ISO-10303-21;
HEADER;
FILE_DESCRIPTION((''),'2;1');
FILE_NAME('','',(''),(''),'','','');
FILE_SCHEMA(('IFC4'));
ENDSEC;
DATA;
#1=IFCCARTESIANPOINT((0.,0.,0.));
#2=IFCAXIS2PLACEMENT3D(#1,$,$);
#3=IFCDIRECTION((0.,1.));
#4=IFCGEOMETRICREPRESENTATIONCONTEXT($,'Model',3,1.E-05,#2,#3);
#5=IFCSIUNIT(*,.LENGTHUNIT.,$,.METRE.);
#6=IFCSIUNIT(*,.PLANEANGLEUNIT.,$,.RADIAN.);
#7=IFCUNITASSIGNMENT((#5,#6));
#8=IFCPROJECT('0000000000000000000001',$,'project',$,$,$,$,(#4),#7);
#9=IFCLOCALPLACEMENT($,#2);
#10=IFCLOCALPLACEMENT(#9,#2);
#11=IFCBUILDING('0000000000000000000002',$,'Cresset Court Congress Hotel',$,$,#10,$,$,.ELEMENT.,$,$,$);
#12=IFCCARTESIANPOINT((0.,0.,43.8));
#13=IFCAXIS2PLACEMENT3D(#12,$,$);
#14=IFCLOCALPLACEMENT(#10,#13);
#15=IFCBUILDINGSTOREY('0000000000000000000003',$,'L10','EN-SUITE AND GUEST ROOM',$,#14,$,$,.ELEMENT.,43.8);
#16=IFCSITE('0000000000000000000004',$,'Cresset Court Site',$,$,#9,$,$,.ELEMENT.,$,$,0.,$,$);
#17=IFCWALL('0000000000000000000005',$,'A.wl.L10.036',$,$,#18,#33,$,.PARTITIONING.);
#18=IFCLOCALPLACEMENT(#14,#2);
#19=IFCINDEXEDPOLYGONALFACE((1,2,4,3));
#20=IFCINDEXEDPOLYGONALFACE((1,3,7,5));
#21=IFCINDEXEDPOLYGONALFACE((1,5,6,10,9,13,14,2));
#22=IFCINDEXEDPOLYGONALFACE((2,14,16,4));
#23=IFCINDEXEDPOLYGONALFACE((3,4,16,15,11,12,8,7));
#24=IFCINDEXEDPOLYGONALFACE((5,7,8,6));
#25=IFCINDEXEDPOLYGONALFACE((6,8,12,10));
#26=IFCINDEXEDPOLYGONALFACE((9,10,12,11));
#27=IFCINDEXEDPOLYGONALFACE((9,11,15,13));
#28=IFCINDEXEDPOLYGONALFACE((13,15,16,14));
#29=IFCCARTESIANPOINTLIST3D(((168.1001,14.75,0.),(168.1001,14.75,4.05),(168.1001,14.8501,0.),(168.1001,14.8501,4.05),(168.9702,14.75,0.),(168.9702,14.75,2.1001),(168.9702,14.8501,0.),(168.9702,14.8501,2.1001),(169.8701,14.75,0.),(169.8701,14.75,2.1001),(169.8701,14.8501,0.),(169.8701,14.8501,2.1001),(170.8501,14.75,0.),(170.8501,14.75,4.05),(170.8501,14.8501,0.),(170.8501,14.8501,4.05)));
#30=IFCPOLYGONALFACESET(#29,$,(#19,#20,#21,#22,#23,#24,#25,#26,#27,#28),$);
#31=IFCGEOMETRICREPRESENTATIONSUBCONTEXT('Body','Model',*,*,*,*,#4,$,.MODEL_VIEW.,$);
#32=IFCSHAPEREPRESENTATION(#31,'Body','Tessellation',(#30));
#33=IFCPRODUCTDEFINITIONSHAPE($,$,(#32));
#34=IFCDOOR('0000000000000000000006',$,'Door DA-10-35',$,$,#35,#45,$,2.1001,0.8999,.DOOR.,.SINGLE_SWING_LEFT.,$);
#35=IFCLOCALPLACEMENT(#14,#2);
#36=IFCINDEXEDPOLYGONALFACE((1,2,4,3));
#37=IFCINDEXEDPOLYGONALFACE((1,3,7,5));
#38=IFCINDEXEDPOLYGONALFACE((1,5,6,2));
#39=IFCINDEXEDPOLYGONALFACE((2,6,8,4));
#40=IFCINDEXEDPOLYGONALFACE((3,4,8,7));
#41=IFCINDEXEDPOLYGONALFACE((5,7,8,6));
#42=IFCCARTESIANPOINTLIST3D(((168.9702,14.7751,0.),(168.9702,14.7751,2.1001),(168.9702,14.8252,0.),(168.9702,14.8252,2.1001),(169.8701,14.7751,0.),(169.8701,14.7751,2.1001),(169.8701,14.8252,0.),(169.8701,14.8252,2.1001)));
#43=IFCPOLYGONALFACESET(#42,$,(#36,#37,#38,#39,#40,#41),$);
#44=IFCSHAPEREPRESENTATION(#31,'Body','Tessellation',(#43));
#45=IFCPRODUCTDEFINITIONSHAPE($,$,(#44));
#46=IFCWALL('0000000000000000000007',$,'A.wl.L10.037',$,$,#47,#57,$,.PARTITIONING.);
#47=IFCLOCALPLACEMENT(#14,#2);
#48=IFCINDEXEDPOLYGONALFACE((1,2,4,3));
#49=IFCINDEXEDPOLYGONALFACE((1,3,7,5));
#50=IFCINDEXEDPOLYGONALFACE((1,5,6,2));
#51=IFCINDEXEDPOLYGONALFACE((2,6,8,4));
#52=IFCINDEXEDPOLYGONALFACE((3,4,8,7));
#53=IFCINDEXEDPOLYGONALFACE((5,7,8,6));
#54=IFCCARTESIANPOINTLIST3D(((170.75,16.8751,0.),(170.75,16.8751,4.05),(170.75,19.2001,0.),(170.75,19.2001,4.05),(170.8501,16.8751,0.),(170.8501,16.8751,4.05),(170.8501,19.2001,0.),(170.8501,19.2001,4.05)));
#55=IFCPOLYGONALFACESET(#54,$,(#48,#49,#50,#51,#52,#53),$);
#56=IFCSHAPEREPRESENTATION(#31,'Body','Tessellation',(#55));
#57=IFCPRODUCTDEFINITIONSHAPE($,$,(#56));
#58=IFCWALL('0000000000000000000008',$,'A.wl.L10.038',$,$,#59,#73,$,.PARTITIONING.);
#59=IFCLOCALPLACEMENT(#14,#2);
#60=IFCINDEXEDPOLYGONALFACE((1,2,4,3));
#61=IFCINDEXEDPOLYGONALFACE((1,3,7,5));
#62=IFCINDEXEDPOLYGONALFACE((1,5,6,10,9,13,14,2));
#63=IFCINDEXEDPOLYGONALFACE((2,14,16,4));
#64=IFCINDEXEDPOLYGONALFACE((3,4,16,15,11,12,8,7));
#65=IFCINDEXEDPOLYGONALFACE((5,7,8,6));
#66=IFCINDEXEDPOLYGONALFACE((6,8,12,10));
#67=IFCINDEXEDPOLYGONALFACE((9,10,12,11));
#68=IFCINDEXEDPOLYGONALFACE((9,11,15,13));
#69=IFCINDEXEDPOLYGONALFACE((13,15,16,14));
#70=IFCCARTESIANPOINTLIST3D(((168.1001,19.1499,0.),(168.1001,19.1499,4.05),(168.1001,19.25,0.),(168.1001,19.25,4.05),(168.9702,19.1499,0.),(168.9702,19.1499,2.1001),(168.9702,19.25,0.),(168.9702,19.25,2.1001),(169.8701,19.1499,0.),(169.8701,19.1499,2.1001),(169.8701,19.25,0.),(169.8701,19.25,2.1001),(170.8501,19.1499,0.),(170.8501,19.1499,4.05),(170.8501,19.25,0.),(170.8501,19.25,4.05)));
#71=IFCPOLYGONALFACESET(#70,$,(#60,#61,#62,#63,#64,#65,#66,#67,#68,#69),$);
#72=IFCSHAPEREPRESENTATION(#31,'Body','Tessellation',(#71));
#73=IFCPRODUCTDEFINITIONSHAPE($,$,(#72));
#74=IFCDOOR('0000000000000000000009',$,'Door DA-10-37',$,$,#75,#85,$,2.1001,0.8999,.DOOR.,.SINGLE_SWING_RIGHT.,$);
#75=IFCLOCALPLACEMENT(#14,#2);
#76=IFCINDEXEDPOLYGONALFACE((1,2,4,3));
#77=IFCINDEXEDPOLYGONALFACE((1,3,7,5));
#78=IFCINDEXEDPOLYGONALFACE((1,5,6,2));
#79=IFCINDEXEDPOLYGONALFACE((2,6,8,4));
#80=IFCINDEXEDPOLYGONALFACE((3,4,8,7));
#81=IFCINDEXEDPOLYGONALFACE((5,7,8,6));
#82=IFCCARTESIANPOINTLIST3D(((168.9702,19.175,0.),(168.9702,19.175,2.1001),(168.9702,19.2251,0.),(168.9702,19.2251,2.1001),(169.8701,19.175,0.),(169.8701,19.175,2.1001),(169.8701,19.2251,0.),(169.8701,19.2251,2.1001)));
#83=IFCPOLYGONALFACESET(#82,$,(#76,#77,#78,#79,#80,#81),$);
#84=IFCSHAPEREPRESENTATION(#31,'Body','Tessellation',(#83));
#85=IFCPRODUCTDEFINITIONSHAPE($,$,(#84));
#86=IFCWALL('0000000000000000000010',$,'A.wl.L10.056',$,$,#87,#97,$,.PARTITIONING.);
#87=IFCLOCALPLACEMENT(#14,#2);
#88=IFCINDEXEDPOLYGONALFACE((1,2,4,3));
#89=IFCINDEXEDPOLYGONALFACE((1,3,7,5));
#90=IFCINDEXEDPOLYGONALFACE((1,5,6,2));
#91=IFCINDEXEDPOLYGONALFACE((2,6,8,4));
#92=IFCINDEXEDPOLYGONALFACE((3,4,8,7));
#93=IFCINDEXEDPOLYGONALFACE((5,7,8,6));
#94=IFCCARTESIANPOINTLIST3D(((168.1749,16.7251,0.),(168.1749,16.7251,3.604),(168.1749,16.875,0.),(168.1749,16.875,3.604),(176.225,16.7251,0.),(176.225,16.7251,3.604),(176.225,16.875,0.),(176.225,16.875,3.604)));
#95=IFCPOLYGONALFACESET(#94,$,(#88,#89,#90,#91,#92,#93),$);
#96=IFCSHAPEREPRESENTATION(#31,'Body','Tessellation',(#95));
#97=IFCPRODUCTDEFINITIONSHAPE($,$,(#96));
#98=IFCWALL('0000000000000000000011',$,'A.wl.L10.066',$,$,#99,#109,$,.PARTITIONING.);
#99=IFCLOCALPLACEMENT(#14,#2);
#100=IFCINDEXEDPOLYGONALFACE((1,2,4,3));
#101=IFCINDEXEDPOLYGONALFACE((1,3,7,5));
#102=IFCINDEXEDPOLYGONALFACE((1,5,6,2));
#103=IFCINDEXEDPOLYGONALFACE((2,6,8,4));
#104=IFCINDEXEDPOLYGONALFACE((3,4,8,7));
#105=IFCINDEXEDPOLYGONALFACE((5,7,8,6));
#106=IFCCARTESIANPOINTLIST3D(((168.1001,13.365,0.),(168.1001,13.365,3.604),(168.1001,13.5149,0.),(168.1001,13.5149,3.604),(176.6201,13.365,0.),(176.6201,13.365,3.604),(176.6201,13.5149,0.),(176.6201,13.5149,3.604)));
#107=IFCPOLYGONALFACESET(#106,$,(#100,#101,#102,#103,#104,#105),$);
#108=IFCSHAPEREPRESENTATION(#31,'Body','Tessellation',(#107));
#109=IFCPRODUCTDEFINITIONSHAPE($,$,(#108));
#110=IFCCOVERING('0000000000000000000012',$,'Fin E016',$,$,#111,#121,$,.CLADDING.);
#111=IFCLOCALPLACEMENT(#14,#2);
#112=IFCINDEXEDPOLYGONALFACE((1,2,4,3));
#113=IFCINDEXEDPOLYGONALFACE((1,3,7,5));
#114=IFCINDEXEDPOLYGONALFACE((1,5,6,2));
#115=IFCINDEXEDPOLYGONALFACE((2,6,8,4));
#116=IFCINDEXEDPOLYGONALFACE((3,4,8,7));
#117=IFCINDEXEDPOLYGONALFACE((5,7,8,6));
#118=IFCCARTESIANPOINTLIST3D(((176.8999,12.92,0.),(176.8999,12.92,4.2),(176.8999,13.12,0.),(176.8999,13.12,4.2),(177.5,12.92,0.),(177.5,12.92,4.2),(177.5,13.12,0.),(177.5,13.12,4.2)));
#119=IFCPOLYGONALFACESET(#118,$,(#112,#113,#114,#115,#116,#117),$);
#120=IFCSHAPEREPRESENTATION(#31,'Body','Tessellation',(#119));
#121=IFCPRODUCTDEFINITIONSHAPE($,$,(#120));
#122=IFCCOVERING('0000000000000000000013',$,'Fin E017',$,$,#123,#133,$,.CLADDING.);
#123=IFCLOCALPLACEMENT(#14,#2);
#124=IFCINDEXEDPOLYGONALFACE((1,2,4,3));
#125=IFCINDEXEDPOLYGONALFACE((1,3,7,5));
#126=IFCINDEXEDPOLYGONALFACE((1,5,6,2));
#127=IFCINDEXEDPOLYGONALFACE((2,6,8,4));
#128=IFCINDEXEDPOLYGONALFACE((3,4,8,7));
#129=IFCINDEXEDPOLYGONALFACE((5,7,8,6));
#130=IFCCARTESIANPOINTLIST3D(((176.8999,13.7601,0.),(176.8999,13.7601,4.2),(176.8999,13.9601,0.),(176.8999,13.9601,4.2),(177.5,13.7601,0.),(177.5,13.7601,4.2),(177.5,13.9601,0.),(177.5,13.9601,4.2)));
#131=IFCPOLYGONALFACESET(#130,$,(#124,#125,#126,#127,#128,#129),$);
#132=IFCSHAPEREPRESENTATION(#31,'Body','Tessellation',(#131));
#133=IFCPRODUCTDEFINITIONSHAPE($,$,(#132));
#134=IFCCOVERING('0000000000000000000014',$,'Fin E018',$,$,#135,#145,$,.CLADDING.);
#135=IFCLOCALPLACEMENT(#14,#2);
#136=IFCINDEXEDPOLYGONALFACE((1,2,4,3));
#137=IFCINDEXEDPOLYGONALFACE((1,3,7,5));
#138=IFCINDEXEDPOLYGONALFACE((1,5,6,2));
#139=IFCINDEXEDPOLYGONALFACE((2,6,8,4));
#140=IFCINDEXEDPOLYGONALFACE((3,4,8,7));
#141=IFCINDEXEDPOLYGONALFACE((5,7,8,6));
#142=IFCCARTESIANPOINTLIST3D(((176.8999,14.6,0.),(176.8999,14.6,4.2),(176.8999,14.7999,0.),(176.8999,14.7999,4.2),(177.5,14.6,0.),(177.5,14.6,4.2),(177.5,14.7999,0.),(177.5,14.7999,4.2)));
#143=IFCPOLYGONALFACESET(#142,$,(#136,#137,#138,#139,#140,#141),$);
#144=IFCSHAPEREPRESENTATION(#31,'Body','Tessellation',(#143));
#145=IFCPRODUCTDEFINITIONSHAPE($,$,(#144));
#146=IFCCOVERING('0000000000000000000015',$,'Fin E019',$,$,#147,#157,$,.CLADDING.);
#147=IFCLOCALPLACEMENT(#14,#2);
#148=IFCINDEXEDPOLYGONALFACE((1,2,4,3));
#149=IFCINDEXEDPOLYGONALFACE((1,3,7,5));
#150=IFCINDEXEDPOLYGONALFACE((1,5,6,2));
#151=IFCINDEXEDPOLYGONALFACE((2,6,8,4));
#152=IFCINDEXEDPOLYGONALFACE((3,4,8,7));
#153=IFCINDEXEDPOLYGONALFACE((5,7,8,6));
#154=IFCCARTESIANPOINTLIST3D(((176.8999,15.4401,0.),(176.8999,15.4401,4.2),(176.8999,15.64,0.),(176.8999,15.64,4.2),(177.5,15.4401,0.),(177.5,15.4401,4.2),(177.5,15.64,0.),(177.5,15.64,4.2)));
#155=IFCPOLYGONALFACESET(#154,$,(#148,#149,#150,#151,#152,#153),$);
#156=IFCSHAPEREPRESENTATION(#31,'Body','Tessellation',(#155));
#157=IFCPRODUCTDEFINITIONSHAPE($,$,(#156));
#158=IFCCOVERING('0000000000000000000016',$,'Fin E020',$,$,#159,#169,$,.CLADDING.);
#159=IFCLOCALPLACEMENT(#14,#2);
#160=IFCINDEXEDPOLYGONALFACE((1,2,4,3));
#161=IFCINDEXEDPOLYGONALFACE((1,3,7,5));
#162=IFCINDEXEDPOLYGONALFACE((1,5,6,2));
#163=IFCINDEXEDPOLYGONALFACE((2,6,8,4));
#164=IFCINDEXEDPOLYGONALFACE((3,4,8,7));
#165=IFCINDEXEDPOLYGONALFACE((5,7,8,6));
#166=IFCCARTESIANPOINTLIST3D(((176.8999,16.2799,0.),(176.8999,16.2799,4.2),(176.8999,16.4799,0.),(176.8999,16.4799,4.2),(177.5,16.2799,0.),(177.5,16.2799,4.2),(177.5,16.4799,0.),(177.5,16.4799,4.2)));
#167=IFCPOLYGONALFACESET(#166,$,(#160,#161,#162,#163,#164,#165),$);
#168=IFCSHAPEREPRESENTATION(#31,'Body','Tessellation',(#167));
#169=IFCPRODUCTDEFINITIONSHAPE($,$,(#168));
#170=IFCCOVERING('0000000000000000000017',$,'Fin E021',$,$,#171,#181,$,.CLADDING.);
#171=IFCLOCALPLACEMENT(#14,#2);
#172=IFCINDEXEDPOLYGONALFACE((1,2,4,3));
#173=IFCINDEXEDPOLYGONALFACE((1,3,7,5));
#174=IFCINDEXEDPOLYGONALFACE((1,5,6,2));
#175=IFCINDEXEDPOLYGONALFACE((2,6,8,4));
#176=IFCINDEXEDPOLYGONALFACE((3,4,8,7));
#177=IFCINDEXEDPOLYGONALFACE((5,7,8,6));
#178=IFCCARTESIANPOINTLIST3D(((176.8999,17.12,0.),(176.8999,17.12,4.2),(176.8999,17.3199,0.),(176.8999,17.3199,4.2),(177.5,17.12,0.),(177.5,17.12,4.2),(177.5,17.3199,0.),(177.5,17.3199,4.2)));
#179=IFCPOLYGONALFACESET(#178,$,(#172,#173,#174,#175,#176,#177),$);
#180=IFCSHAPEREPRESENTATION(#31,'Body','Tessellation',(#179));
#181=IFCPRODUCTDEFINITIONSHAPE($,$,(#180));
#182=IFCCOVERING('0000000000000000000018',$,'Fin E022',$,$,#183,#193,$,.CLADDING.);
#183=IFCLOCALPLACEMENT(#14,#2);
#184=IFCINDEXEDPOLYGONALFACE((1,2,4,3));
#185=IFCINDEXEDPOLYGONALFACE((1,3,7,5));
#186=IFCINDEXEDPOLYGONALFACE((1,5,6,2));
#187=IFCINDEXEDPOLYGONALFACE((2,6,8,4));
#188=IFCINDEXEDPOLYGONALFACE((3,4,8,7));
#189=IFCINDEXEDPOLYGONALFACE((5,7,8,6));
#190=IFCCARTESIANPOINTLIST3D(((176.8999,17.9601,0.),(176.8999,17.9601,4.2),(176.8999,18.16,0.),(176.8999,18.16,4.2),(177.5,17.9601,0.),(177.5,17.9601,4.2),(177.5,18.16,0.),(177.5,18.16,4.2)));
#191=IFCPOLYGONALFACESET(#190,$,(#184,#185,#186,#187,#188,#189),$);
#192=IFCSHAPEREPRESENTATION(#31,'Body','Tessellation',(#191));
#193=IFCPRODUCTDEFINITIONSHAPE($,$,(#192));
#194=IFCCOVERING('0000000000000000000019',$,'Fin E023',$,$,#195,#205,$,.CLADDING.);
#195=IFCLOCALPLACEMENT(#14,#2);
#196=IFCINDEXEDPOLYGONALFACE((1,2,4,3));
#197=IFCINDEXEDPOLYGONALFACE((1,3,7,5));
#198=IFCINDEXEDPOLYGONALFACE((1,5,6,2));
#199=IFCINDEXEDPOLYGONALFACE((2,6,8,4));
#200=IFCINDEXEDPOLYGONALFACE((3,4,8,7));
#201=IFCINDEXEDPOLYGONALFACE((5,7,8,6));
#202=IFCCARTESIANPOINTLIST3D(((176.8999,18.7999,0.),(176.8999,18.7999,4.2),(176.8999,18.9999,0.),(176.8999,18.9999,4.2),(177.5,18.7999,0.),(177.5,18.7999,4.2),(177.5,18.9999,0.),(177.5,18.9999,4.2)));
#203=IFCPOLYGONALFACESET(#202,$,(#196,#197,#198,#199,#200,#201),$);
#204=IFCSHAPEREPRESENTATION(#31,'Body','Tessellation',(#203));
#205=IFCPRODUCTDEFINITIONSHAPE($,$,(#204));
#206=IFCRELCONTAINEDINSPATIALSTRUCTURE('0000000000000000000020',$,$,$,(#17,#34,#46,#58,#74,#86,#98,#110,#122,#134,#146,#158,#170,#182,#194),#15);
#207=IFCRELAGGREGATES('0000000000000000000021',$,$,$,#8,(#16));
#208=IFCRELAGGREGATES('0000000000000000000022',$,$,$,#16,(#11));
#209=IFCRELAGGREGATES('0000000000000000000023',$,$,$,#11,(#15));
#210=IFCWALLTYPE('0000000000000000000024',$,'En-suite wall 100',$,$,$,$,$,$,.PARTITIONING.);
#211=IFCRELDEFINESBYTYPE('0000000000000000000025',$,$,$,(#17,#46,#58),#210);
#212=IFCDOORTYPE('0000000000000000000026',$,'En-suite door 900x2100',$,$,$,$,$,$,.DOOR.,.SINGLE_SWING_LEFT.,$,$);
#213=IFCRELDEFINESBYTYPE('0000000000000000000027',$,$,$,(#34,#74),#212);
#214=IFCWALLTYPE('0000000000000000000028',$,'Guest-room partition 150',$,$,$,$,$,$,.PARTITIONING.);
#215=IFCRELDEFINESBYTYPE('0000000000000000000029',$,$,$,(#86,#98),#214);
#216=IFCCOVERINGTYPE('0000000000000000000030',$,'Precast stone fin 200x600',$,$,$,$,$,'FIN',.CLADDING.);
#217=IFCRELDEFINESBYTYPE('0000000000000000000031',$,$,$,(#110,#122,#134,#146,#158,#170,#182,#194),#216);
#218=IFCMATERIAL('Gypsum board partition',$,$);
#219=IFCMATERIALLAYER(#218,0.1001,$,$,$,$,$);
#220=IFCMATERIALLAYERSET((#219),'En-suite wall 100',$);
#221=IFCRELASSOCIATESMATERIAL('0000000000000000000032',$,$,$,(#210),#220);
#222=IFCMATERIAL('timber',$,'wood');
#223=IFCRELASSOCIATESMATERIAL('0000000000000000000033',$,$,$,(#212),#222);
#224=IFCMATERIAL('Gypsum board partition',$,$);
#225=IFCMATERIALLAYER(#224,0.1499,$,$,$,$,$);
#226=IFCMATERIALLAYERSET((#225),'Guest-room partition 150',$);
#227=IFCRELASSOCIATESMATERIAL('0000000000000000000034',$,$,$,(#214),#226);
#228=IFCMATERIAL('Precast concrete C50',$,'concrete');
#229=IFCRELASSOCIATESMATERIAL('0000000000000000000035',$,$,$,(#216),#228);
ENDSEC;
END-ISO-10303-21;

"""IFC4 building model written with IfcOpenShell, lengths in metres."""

from ifc_helpers import new_model, si_unit, direction, frame, frame_2d, origin, origin_2d, place, context, subcontext, project, spatial, rectangle, extrude, material, layer, layer_set, type_object, element, fill, save


model = new_model("IFC4")

# Units and contexts
model_context = context("Model", 3, precision=1e-05, world=origin(), true_north=direction((0.0, 1.0)))
body_context = subcontext(model_context, "Body", "Model", "MODEL_VIEW")
ifc_project = project(units=[si_unit("LENGTHUNIT", "METRE"), si_unit("PLANEANGLEUNIT", "RADIAN")], contexts=[model_context])

# Site, building, storey
site_placement = place(None, origin())
site = spatial("IfcSite", under=ifc_project, at=site_placement, Name="Cresset Court Site", CompositionType="ELEMENT", RefElevation=0.0)
building_placement = place(site_placement, origin())
building = spatial("IfcBuilding", under=site, at=building_placement, Name="Cresset Court Congress Hotel", CompositionType="ELEMENT")
storey_placement = place(building_placement, frame((0.0, 0.0, 43.8)))
storey = spatial("IfcBuildingStorey", under=building, at=storey_placement, Name="L10", Description="EN-SUITE AND GUEST ROOM", CompositionType="ELEMENT", Elevation=43.8)

# Shared definitions
ifc_material_1 = material(Name="Gypsum board partition")
ifc_layer_1 = layer(ifc_material_1, 0.1001)
ifc_layer_set_1 = layer_set([ifc_layer_1], Name="En-suite wall 100")
wall_type_1 = type_object("IfcWallType", Name="En-suite wall 100", PredefinedType="PARTITIONING", material=ifc_layer_set_1)

# Wall, opening, door
wall_1_placement = place(storey_placement, frame((170.8501, 14.8, 0.0), z_axis=(0.0, 0.0, 1.0), x_axis=(-1.0, 0.0, 0.0)))
wall_1 = element("IfcWall", 1, at=wall_1_placement, inside=storey, type_object=wall_type_1, Name="A.wl.L10.036", PredefinedType="PARTITIONING", context=body_context, shape_type="SweptSolid", body=[
    extrude(rectangle(XDim=2.75, YDim=0.1001, at=frame_2d((1.375, 0.0))), origin(), (0.0, 0.0, 1.0), 4.05),
])
opening_1_placement = place(wall_1_placement, frame((0.98, 0.0, 0.0)))
opening_1 = element("IfcOpeningElement", 2, at=opening_1_placement, cuts=wall_1, PredefinedType="OPENING", context=body_context, shape_type="SweptSolid", body=[
    extrude(rectangle(XDim=0.8999, YDim=2.1001, at=frame_2d((0.45, 1.05))), frame((0.0, 0.0601, 0.0), z_axis=(0.0, -1.0, 0.0), x_axis=(1.0, 0.0, 0.0)), (0.0, 0.0, 1.0), 0.1201),
])
ifc_material_2 = material(Name="timber", Category="wood")
door_type_1 = type_object("IfcDoorType", Name="En-suite door 900x2100", OperationType="SINGLE_SWING_LEFT", PredefinedType="DOOR", material=ifc_material_2)
door_1_placement = place(opening_1_placement, origin())
door_1 = element("IfcDoor", 3, at=door_1_placement, inside=storey, type_object=door_type_1, Name="Door DA-10-35", OperationType="SINGLE_SWING_LEFT", OverallHeight=2.1001, OverallWidth=0.8999, PredefinedType="DOOR", context=body_context, shape_type="SweptSolid", body=[
    extrude(rectangle(XDim=0.8999, YDim=2.1001, at=frame_2d((0.45, 1.05))), frame((0.0, 0.0249, 0.0), z_axis=(0.0, -1.0, 0.0), x_axis=(1.0, 0.0, 0.0)), (0.0, 0.0, 1.0), 0.05),
])
fill(opening_1, door_1)

# Wall
wall_2_placement = place(storey_placement, frame((170.8, 16.875, 0.0), z_axis=(0.0, 0.0, 1.0), x_axis=(0.0, 1.0, 0.0)))
element("IfcWall", 4, at=wall_2_placement, inside=storey, type_object=wall_type_1, Name="A.wl.L10.037", PredefinedType="PARTITIONING", context=body_context, shape_type="SweptSolid", body=[
    extrude(rectangle(XDim=2.325, YDim=0.1001, at=frame_2d((1.1626, 0.0))), origin(), (0.0, 0.0, 1.0), 4.05),
])

# Wall, opening, door
wall_3_placement = place(storey_placement, frame((170.8501, 19.2, 0.0), z_axis=(0.0, 0.0, 1.0), x_axis=(-1.0, 0.0, 0.0)))
wall_3 = element("IfcWall", 5, at=wall_3_placement, inside=storey, type_object=wall_type_1, Name="A.wl.L10.038", PredefinedType="PARTITIONING", context=body_context, shape_type="SweptSolid", body=[
    extrude(rectangle(XDim=2.75, YDim=0.1001, at=frame_2d((1.375, 0.0))), origin(), (0.0, 0.0, 1.0), 4.05),
])
opening_2_placement = place(wall_3_placement, frame((0.98, 0.0, 0.0)))
opening_2 = element("IfcOpeningElement", 6, at=opening_2_placement, cuts=wall_3, PredefinedType="OPENING", context=body_context, shape_type="SweptSolid", body=[
    extrude(rectangle(XDim=0.8999, YDim=2.1001, at=frame_2d((0.45, 1.05))), frame((0.0, 0.0601, 0.0), z_axis=(0.0, -1.0, 0.0), x_axis=(1.0, 0.0, 0.0)), (0.0, 0.0, 1.0), 0.1201),
])
door_2_placement = place(opening_2_placement, origin())
door_2 = element("IfcDoor", 7, at=door_2_placement, inside=storey, type_object=door_type_1, Name="Door DA-10-37", OperationType="SINGLE_SWING_RIGHT", OverallHeight=2.1001, OverallWidth=0.8999, PredefinedType="DOOR", context=body_context, shape_type="SweptSolid", body=[
    extrude(rectangle(XDim=0.8999, YDim=2.1001, at=frame_2d((0.45, 1.05))), frame((0.0, 0.0249, 0.0), z_axis=(0.0, -1.0, 0.0), x_axis=(1.0, 0.0, 0.0)), (0.0, 0.0, 1.0), 0.05),
])
fill(opening_2, door_2)

# Walls
ifc_material_3 = material(Name="Gypsum board partition")
ifc_layer_2 = layer(ifc_material_3, 0.1499)
ifc_layer_set_2 = layer_set([ifc_layer_2], Name="Guest-room partition 150")
wall_type_2 = type_object("IfcWallType", Name="Guest-room partition 150", PredefinedType="PARTITIONING", material=ifc_layer_set_2)
wall_4_placement = place(storey_placement, frame((168.175, 16.8, 0.0), z_axis=(0.0, 0.0, 1.0), x_axis=(1.0, 0.0, 0.0)))
element("IfcWall", 8, at=wall_4_placement, inside=storey, type_object=wall_type_2, Name="A.wl.L10.056", PredefinedType="PARTITIONING", context=body_context, shape_type="SweptSolid", body=[
    extrude(rectangle(XDim=8.05, YDim=0.1499, at=frame_2d((4.0249, 0.0))), origin(), (0.0, 0.0, 1.0), 3.604),
])
wall_5_placement = place(storey_placement, frame((168.1001, 13.4399, 0.0), z_axis=(0.0, 0.0, 1.0), x_axis=(1.0, 0.0, 0.0)))
element("IfcWall", 9, at=wall_5_placement, inside=storey, type_object=wall_type_2, Name="A.wl.L10.066", PredefinedType="PARTITIONING", context=body_context, shape_type="SweptSolid", body=[
    extrude(rectangle(XDim=8.52, YDim=0.1499, at=frame_2d((4.26, 0.0))), origin(), (0.0, 0.0, 1.0), 3.604),
])

# Coverings
ifc_material_4 = material(Name="Precast concrete C50", Category="concrete")
covering_type = type_object("IfcCoveringType", Name="Precast stone fin 200x600", ElementType="FIN", PredefinedType="CLADDING", material=ifc_material_4)
for number, where, z_axis, x_axis, name in (
    (10, (177.2, 13.02, 0.0), (0.0, 0.0, 1.0), (1.0, 0.0, 0.0), "Fin E016"),
    (11, (177.2, 13.8601, 0.0), (0.0, 0.0, 1.0), (1.0, 0.0, 0.0), "Fin E017"),
    (12, (177.2, 14.7, 0.0), (0.0, 0.0, 1.0), (1.0, 0.0, 0.0), "Fin E018"),
    (13, (177.2, 15.54, 0.0), (0.0, 0.0, 1.0), (1.0, 0.0, 0.0), "Fin E019"),
    (14, (177.2, 16.3799, 0.0), (0.0, 0.0, 1.0), (1.0, 0.0, 0.0), "Fin E020"),
    (15, (177.2, 17.22, 0.0), (0.0, 0.0, 1.0), (1.0, 0.0, 0.0), "Fin E021"),
    (16, (177.2, 18.0601, 0.0), (0.0, 0.0, 1.0), (1.0, 0.0, 0.0), "Fin E022"),
    (17, (177.2, 18.8999, 0.0), (0.0, 0.0, 1.0), (1.0, 0.0, 0.0), "Fin E023"),
):
    element("IfcCovering", number, at=place(storey_placement, frame(where, z_axis=z_axis, x_axis=x_axis)), inside=storey, type_object=covering_type, Name=name, PredefinedType="CLADDING", context=body_context, shape_type="SweptSolid", body=[
        extrude(rectangle(XDim=0.6001, YDim=0.2, at=origin_2d()), origin(), (0.0, 0.0, 1.0), 4.2),
    ])

save(model, "model.ifc")
